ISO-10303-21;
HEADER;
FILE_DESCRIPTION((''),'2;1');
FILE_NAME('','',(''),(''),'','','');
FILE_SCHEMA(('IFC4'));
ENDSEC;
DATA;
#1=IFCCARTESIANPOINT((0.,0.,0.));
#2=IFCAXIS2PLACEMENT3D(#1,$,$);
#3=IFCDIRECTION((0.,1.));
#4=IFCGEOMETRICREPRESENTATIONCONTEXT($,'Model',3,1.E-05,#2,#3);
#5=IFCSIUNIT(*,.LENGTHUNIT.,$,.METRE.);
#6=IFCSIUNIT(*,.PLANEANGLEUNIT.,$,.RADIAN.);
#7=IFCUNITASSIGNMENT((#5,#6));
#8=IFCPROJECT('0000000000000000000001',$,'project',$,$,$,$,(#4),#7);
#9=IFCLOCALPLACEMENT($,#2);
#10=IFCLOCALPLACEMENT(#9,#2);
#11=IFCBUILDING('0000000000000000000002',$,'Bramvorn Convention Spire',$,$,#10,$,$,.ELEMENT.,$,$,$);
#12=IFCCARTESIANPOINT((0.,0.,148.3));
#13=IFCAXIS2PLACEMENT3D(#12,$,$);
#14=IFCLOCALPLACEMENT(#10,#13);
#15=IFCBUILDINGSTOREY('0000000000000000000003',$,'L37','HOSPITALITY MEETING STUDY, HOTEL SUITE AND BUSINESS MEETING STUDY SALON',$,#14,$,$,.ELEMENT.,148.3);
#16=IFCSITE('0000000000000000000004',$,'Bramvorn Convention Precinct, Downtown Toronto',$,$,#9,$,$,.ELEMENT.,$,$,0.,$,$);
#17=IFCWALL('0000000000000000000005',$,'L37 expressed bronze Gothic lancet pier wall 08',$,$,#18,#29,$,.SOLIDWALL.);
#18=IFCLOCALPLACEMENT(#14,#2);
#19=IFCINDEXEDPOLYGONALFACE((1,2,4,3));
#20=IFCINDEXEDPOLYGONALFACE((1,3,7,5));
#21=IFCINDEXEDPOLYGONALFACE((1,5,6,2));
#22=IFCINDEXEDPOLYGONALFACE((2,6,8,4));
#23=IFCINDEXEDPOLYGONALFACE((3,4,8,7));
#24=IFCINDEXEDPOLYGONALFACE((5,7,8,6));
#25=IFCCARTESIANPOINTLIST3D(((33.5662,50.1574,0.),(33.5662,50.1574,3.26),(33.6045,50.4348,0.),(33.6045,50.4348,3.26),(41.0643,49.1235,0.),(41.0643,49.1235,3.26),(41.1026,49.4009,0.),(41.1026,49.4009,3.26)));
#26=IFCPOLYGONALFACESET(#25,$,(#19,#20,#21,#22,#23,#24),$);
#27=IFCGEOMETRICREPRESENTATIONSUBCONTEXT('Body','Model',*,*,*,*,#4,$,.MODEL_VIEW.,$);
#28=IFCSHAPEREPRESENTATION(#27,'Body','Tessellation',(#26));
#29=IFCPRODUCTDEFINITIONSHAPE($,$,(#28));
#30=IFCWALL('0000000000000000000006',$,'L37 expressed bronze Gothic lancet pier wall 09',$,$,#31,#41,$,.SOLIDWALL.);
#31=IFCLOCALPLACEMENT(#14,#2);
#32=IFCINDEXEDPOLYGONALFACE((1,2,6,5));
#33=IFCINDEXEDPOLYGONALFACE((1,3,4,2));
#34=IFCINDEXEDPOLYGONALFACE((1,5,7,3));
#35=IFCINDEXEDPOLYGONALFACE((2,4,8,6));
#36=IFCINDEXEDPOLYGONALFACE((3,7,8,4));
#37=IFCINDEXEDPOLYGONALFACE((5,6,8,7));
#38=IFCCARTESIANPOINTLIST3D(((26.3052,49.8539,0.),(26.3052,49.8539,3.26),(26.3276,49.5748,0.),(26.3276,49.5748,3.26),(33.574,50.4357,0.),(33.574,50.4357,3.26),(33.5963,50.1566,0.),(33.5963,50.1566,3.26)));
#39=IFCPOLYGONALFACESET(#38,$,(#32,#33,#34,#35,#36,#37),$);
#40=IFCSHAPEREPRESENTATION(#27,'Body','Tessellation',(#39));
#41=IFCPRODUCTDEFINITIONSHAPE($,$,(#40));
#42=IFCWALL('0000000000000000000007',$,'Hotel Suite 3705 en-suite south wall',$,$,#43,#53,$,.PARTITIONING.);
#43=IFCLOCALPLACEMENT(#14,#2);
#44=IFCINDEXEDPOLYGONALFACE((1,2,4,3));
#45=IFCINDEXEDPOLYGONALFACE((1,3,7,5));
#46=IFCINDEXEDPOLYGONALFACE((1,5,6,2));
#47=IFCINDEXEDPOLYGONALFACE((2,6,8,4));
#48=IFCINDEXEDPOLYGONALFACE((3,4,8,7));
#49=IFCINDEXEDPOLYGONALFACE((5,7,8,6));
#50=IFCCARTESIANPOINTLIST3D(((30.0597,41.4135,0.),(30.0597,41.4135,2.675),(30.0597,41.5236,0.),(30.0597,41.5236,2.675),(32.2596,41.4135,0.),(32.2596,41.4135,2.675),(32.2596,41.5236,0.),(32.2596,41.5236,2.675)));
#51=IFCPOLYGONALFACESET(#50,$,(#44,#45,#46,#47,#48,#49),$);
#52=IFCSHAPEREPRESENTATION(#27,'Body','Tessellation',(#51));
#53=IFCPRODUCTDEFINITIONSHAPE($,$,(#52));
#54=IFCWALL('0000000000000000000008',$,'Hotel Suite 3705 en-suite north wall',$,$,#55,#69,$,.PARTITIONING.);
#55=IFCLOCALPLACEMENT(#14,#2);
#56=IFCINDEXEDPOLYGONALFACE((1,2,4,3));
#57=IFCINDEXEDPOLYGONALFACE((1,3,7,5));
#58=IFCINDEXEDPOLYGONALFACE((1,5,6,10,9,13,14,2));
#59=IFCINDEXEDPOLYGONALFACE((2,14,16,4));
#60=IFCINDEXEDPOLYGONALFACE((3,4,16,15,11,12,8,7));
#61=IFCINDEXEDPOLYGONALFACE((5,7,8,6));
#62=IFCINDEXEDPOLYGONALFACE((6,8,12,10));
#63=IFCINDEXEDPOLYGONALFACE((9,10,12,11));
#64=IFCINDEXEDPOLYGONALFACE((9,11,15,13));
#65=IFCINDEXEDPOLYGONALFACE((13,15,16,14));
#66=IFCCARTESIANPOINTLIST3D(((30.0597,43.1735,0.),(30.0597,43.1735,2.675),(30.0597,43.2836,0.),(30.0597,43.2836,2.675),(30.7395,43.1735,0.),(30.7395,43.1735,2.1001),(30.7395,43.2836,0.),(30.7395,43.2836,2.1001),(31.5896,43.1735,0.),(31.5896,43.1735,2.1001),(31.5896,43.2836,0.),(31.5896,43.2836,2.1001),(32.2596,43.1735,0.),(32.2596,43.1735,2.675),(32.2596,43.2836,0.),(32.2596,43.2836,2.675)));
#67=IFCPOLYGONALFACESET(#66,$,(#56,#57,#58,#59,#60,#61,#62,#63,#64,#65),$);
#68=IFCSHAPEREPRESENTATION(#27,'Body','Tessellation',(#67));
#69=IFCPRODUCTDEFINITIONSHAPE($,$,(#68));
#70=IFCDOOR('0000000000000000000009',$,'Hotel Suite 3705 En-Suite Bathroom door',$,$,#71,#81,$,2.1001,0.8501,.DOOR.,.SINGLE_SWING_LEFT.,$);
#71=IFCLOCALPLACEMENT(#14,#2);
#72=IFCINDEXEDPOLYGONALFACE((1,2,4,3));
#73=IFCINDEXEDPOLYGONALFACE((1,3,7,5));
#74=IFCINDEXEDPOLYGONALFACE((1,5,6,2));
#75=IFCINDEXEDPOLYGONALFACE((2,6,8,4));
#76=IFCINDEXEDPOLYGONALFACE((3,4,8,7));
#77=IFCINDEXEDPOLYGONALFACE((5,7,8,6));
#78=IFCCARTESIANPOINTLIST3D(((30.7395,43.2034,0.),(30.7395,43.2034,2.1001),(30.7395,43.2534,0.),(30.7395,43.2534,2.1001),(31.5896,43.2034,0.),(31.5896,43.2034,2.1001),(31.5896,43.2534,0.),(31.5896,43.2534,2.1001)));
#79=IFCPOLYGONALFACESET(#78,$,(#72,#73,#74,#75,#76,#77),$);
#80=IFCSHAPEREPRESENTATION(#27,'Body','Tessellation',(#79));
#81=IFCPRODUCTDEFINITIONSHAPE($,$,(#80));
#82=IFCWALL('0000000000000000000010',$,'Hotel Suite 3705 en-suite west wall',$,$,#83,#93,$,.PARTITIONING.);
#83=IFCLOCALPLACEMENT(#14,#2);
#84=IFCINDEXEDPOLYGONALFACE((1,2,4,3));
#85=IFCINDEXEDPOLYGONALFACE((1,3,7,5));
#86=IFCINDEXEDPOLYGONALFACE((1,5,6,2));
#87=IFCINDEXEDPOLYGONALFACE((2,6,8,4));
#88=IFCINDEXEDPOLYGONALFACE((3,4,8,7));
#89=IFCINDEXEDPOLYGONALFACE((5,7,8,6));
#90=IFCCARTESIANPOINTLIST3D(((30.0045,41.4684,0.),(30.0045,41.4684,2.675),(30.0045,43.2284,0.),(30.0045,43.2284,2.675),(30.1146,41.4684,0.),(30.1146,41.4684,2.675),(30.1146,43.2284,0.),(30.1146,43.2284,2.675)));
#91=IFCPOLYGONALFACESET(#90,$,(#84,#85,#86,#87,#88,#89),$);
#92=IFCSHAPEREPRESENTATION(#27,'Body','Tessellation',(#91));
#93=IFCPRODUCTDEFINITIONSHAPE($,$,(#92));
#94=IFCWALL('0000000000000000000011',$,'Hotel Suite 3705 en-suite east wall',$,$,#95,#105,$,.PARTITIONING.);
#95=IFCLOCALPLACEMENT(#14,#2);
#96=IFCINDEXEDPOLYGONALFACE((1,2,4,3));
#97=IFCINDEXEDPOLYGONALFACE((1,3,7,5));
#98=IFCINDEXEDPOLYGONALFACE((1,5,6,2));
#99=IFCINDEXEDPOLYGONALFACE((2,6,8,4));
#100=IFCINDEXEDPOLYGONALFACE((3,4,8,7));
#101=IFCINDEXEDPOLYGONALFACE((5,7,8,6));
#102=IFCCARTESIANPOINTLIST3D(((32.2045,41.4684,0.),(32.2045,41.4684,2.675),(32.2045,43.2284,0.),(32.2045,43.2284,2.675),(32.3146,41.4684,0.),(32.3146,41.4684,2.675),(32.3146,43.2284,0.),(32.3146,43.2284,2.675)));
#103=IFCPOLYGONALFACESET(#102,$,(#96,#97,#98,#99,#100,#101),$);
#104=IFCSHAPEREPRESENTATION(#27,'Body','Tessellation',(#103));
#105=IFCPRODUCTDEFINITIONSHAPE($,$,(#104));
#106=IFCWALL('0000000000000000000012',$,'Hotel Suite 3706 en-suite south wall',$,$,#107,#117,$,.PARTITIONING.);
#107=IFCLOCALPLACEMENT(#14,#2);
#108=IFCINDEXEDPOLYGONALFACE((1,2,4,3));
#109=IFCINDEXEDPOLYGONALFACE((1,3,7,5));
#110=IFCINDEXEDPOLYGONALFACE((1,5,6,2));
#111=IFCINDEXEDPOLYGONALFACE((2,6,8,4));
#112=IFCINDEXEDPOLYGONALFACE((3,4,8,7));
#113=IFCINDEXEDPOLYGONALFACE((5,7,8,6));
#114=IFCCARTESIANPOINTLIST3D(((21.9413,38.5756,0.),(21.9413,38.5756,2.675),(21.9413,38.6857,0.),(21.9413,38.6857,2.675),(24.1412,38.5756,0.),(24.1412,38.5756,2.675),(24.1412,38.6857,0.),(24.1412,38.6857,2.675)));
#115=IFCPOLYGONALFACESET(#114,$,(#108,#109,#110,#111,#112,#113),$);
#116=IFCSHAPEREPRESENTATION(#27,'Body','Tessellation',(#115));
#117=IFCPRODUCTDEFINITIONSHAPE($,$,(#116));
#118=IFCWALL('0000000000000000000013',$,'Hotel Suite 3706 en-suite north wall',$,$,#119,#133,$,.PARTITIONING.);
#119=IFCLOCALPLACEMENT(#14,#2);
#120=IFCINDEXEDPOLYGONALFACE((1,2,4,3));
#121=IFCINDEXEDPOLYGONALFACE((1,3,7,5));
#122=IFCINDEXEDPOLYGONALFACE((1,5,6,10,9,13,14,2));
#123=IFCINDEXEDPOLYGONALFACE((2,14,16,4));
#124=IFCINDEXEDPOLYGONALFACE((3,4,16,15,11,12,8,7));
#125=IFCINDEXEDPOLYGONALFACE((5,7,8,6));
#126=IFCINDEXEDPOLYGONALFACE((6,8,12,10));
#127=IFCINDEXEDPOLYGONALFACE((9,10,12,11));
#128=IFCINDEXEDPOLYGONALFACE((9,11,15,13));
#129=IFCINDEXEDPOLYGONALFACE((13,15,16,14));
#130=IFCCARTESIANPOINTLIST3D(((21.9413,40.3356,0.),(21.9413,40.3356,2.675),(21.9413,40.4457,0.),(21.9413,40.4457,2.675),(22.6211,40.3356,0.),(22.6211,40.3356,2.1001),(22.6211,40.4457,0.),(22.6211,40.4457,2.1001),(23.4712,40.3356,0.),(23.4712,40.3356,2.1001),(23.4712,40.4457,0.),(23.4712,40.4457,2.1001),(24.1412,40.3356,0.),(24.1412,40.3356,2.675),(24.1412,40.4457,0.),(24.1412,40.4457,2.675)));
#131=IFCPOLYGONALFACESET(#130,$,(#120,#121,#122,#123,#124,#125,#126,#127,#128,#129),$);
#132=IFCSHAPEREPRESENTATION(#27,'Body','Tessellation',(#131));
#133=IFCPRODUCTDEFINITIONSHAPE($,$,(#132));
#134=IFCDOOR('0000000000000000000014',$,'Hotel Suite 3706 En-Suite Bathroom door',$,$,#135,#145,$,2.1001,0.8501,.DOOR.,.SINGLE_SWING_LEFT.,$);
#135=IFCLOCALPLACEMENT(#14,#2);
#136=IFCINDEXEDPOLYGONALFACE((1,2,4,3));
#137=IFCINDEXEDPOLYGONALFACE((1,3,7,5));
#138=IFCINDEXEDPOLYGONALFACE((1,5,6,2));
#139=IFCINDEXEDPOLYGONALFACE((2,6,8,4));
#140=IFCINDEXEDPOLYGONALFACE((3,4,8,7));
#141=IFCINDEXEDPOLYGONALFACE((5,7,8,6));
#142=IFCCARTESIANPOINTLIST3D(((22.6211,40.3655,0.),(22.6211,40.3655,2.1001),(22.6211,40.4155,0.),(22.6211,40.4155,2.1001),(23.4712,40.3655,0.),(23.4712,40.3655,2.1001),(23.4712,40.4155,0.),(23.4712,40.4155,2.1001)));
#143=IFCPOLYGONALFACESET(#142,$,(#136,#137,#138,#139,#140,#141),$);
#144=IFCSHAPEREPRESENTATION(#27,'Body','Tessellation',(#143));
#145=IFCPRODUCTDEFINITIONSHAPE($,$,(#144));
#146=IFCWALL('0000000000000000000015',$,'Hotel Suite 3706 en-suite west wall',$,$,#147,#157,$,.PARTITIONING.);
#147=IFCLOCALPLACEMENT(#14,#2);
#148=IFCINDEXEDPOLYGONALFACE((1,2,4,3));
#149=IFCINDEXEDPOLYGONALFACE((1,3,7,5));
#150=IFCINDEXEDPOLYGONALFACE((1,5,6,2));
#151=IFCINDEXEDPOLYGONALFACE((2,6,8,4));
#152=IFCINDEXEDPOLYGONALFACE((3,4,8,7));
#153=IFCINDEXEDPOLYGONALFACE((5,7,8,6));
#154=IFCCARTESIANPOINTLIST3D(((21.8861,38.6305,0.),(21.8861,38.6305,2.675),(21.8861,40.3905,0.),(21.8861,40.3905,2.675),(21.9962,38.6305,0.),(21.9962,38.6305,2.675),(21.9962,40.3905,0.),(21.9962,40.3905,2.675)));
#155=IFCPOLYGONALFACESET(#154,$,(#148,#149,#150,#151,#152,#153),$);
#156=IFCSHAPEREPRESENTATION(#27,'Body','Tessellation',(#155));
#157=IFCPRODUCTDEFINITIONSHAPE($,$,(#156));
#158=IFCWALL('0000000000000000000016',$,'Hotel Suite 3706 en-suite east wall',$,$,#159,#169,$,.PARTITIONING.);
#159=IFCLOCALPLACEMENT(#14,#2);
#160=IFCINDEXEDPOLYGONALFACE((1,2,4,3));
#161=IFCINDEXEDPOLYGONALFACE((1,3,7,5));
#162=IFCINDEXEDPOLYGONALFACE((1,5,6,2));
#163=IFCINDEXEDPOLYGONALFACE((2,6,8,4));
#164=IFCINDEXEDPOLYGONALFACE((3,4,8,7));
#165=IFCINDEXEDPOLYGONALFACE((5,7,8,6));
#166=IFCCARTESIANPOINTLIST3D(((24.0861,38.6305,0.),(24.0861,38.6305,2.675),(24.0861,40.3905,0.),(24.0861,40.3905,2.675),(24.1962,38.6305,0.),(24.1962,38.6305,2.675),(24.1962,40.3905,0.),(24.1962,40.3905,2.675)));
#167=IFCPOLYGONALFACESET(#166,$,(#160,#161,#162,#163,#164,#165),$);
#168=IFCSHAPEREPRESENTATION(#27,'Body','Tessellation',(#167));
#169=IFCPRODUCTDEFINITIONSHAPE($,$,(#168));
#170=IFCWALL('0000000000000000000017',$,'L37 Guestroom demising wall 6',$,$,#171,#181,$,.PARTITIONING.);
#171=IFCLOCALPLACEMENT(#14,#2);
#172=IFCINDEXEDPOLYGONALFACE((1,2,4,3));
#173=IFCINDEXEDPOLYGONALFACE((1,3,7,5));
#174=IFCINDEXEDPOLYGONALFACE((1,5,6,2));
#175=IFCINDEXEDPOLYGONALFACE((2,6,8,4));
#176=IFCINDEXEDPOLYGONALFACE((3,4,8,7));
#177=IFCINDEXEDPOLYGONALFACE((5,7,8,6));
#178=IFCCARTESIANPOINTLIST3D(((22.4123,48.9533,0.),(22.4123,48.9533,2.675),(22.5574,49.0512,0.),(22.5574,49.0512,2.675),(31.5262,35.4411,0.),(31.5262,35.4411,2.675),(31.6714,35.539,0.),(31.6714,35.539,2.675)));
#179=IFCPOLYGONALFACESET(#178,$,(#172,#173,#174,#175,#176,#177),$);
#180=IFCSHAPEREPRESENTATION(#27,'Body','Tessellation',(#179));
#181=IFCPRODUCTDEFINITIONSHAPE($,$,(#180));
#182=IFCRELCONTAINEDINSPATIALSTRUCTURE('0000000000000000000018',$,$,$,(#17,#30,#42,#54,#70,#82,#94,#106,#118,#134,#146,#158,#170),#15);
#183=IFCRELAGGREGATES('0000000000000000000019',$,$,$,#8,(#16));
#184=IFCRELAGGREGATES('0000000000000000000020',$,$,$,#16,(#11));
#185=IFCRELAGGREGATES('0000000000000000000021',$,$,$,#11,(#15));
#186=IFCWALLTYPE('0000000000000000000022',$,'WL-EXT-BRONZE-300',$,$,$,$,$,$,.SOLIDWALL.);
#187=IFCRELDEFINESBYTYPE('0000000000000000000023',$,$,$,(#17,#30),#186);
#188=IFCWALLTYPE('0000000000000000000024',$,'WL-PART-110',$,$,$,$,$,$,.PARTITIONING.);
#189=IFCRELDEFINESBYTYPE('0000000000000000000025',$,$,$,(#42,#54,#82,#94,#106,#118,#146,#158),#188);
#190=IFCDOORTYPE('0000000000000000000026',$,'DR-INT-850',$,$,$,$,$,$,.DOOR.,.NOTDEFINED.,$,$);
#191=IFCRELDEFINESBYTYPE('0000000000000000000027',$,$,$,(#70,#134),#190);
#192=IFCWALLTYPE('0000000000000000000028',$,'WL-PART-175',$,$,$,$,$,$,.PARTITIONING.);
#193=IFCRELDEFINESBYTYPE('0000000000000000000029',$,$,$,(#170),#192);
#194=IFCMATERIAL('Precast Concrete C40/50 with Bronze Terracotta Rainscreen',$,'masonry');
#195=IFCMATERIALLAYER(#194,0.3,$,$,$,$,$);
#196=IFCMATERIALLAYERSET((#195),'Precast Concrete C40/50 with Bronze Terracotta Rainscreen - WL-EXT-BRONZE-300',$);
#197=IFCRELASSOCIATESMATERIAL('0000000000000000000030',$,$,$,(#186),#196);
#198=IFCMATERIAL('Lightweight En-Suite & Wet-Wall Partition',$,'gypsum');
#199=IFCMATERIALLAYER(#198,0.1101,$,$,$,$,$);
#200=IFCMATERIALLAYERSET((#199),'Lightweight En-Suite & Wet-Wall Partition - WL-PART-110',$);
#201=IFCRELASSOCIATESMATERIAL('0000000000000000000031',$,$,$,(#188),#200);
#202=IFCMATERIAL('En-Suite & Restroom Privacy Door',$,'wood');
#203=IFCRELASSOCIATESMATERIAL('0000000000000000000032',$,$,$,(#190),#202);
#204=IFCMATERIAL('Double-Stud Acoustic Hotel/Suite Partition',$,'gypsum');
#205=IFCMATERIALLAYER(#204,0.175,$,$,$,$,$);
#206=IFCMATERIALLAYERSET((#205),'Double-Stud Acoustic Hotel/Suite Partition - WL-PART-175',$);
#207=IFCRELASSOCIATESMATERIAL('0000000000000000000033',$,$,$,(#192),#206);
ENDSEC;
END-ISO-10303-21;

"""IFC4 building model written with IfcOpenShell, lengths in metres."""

from ifc_helpers import new_model, si_unit, direction, frame, frame_2d, origin, place, context, subcontext, project, spatial, rectangle, extrude, material, layer, layer_set, type_object, element, fill, save


model = new_model("IFC4")

# Units and contexts
model_context = context("Model", 3, precision=1e-05, world=origin(), true_north=direction((0.0, 1.0)))
body_context = subcontext(model_context, "Body", "Model", "MODEL_VIEW")
ifc_project = project(units=[si_unit("LENGTHUNIT", "METRE"), si_unit("PLANEANGLEUNIT", "RADIAN")], contexts=[model_context])

# Site, building, storey
site_placement = place(None, origin())
site = spatial("IfcSite", under=ifc_project, at=site_placement, Name="Bramvorn Convention Precinct, Downtown Toronto", CompositionType="ELEMENT", RefElevation=0.0)
building_placement = place(site_placement, origin())
building = spatial("IfcBuilding", under=site, at=building_placement, Name="Bramvorn Convention Spire", CompositionType="ELEMENT")
storey_placement = place(building_placement, frame((0.0, 0.0, 148.3)))
storey = spatial("IfcBuildingStorey", under=building, at=storey_placement, Name="L37", Description="HOSPITALITY MEETING STUDY, HOTEL SUITE AND BUSINESS MEETING STUDY SALON", CompositionType="ELEMENT", Elevation=148.3)

# Walls
ifc_material_1 = material(Name="Precast Concrete C40/50 with Bronze Terracotta Rainscreen", Category="masonry")
ifc_layer_1 = layer(ifc_material_1, 0.3)
ifc_layer_set_1 = layer_set([ifc_layer_1], Name="Precast Concrete C40/50 with Bronze Terracotta Rainscreen - WL-EXT-BRONZE-300")
wall_type_1 = type_object("IfcWallType", Name="WL-EXT-BRONZE-300", PredefinedType="SOLIDWALL", material=ifc_layer_set_1)
wall_1_placement = place(storey_placement, frame((33.5852, 50.2961, 0.0), z_axis=(0.0, 0.0, 1.0), x_axis=(0.990626, -0.136601, 0.0)))
element("IfcWall", 1, at=wall_1_placement, inside=storey, type_object=wall_type_1, Name="L37 expressed bronze Gothic lancet pier wall 08", PredefinedType="SOLIDWALL", context=body_context, shape_type="SweptSolid", body=[
    extrude(rectangle(XDim=7.5691, YDim=0.28, at=frame_2d((3.7847, 0.0))), origin(), (0.0, 0.0, 1.0), 3.26),
])
wall_2_placement = place(storey_placement, frame((26.3164, 49.7144, 0.0), z_axis=(0.0, 0.0, 1.0), x_axis=(0.996812, 0.079784, 0.0)))
element("IfcWall", 2, at=wall_2_placement, inside=storey, type_object=wall_type_1, Name="L37 expressed bronze Gothic lancet pier wall 09", PredefinedType="SOLIDWALL", context=body_context, shape_type="SweptSolid", body=[
    extrude(rectangle(XDim=7.292, YDim=0.28, at=frame_2d((3.646, 0.0))), origin(), (0.0, 0.0, 1.0), 3.26),
])
ifc_material_2 = material(Name="Lightweight En-Suite & Wet-Wall Partition", Category="gypsum")
ifc_layer_2 = layer(ifc_material_2, 0.1101)
ifc_layer_set_2 = layer_set([ifc_layer_2], Name="Lightweight En-Suite & Wet-Wall Partition - WL-PART-110")
wall_type_2 = type_object("IfcWallType", Name="WL-PART-110", PredefinedType="PARTITIONING", material=ifc_layer_set_2)
wall_3_placement = place(storey_placement, frame((30.0596, 41.4685, 0.0), z_axis=(0.0, 0.0, 1.0), x_axis=(1.0, 0.0, 0.0)))
element("IfcWall", 3, at=wall_3_placement, inside=storey, type_object=wall_type_2, Name="Hotel Suite 3705 en-suite south wall", PredefinedType="PARTITIONING", context=body_context, shape_type="SweptSolid", body=[
    extrude(rectangle(XDim=2.2, YDim=0.1101, at=frame_2d((1.1001, 0.0))), origin(), (0.0, 0.0, 1.0), 2.675),
])

# Wall, opening, door
wall_4_placement = place(storey_placement, frame((30.0596, 43.2285, 0.0), z_axis=(0.0, 0.0, 1.0), x_axis=(1.0, 0.0, 0.0)))
wall_4 = element("IfcWall", 4, at=wall_4_placement, inside=storey, type_object=wall_type_2, Name="Hotel Suite 3705 en-suite north wall", PredefinedType="PARTITIONING", context=body_context, shape_type="SweptSolid", body=[
    extrude(rectangle(XDim=2.2, YDim=0.1101, at=frame_2d((1.1001, 0.0))), origin(), (0.0, 0.0, 1.0), 2.675),
])
opening_1_placement = place(wall_4_placement, frame((0.6799, 0.0, 0.0)))
opening_1 = element("IfcOpeningElement", 5, at=opening_1_placement, cuts=wall_4, PredefinedType="OPENING", context=body_context, shape_type="SweptSolid", body=[
    extrude(rectangle(XDim=0.8501, YDim=2.1001, at=frame_2d((0.425, 1.05))), frame((0.0, 0.0649, 0.0), z_axis=(0.0, -1.0, 0.0), x_axis=(1.0, 0.0, 0.0)), (0.0, 0.0, 1.0), 0.1301),
])
ifc_material_3 = material(Name="En-Suite & Restroom Privacy Door", Category="wood")
door_type_1 = type_object("IfcDoorType", Name="DR-INT-850", OperationType="NOTDEFINED", PredefinedType="DOOR", material=ifc_material_3)
door_1_placement = place(opening_1_placement, origin())
door_1 = element("IfcDoor", 6, at=door_1_placement, inside=storey, type_object=door_type_1, Name="Hotel Suite 3705 En-Suite Bathroom door", OperationType="SINGLE_SWING_LEFT", OverallHeight=2.1001, OverallWidth=0.8501, PredefinedType="DOOR", context=body_context, shape_type="SweptSolid", body=[
    extrude(rectangle(XDim=0.8501, YDim=2.1001, at=frame_2d((0.425, 1.05))), frame((0.0, 0.0249, 0.0), z_axis=(0.0, -1.0, 0.0), x_axis=(1.0, 0.0, 0.0)), (0.0, 0.0, 1.0), 0.05),
])
fill(opening_1, door_1)

# Walls
for number, where, z_axis, x_axis, name in (
    (7, (30.0596, 41.4685, 0.0), (0.0, 0.0, 1.0), (0.0, 1.0, 0.0), "Hotel Suite 3705 en-suite west wall"),
    (8, (32.2595, 41.4685, 0.0), (0.0, 0.0, 1.0), (0.0, 1.0, 0.0), "Hotel Suite 3705 en-suite east wall"),
):
    element("IfcWall", number, at=place(storey_placement, frame(where, z_axis=z_axis, x_axis=x_axis)), inside=storey, type_object=wall_type_2, Name=name, PredefinedType="PARTITIONING", context=body_context, shape_type="SweptSolid", body=[
        extrude(rectangle(XDim=1.76, YDim=0.1101, at=frame_2d((0.8799, 0.0))), origin(), (0.0, 0.0, 1.0), 2.675),
    ])
wall_5_placement = place(storey_placement, frame((21.9412, 38.6306, 0.0), z_axis=(0.0, 0.0, 1.0), x_axis=(1.0, 0.0, 0.0)))
element("IfcWall", 9, at=wall_5_placement, inside=storey, type_object=wall_type_2, Name="Hotel Suite 3706 en-suite south wall", PredefinedType="PARTITIONING", context=body_context, shape_type="SweptSolid", body=[
    extrude(rectangle(XDim=2.2, YDim=0.1101, at=frame_2d((1.1001, 0.0))), origin(), (0.0, 0.0, 1.0), 2.675),
])

# Wall, opening, door
wall_6_placement = place(storey_placement, frame((21.9412, 40.3906, 0.0), z_axis=(0.0, 0.0, 1.0), x_axis=(1.0, 0.0, 0.0)))
wall_6 = element("IfcWall", 10, at=wall_6_placement, inside=storey, type_object=wall_type_2, Name="Hotel Suite 3706 en-suite north wall", PredefinedType="PARTITIONING", context=body_context, shape_type="SweptSolid", body=[
    extrude(rectangle(XDim=2.2, YDim=0.1101, at=frame_2d((1.1001, 0.0))), origin(), (0.0, 0.0, 1.0), 2.675),
])
opening_2_placement = place(wall_6_placement, frame((0.6799, 0.0, 0.0)))
opening_2 = element("IfcOpeningElement", 11, at=opening_2_placement, cuts=wall_6, PredefinedType="OPENING", context=body_context, shape_type="SweptSolid", body=[
    extrude(rectangle(XDim=0.8501, YDim=2.1001, at=frame_2d((0.425, 1.05))), frame((0.0, 0.0649, 0.0), z_axis=(0.0, -1.0, 0.0), x_axis=(1.0, 0.0, 0.0)), (0.0, 0.0, 1.0), 0.1301),
])
door_2_placement = place(opening_2_placement, origin())
door_2 = element("IfcDoor", 12, at=door_2_placement, inside=storey, type_object=door_type_1, Name="Hotel Suite 3706 En-Suite Bathroom door", OperationType="SINGLE_SWING_LEFT", OverallHeight=2.1001, OverallWidth=0.8501, PredefinedType="DOOR", context=body_context, shape_type="SweptSolid", body=[
    extrude(rectangle(XDim=0.8501, YDim=2.1001, at=frame_2d((0.425, 1.05))), frame((0.0, 0.0249, 0.0), z_axis=(0.0, -1.0, 0.0), x_axis=(1.0, 0.0, 0.0)), (0.0, 0.0, 1.0), 0.05),
])
fill(opening_2, door_2)

# Walls
for number, where, z_axis, x_axis, name in (
    (13, (21.9412, 38.6306, 0.0), (0.0, 0.0, 1.0), (0.0, 1.0, 0.0), "Hotel Suite 3706 en-suite west wall"),
    (14, (24.1411, 38.6306, 0.0), (0.0, 0.0, 1.0), (0.0, 1.0, 0.0), "Hotel Suite 3706 en-suite east wall"),
):
    element("IfcWall", number, at=place(storey_placement, frame(where, z_axis=z_axis, x_axis=x_axis)), inside=storey, type_object=wall_type_2, Name=name, PredefinedType="PARTITIONING", context=body_context, shape_type="SweptSolid", body=[
        extrude(rectangle(XDim=1.76, YDim=0.1101, at=frame_2d((0.8799, 0.0))), origin(), (0.0, 0.0, 1.0), 2.675),
    ])

# Wall
ifc_material_4 = material(Name="Double-Stud Acoustic Hotel/Suite Partition", Category="gypsum")
ifc_layer_3 = layer(ifc_material_4, 0.175)
ifc_layer_set_3 = layer_set([ifc_layer_3], Name="Double-Stud Acoustic Hotel/Suite Partition - WL-PART-175")
wall_type_3 = type_object("IfcWallType", Name="WL-PART-175", PredefinedType="PARTITIONING", material=ifc_layer_set_3)
wall_7_placement = place(storey_placement, frame((31.5989, 35.49, 0.0), z_axis=(0.0, 0.0, 1.0), x_axis=(-0.559189, 0.82904, 0.0)))
element("IfcWall", 15, at=wall_7_placement, inside=storey, type_object=wall_type_3, Name="L37 Guestroom demising wall 6", PredefinedType="PARTITIONING", context=body_context, shape_type="SweptSolid", body=[
    extrude(rectangle(XDim=16.2986, YDim=0.175, at=frame_2d((8.1494, 0.0))), origin(), (0.0, 0.0, 1.0), 2.675),
])

save(model, "model.ifc")
